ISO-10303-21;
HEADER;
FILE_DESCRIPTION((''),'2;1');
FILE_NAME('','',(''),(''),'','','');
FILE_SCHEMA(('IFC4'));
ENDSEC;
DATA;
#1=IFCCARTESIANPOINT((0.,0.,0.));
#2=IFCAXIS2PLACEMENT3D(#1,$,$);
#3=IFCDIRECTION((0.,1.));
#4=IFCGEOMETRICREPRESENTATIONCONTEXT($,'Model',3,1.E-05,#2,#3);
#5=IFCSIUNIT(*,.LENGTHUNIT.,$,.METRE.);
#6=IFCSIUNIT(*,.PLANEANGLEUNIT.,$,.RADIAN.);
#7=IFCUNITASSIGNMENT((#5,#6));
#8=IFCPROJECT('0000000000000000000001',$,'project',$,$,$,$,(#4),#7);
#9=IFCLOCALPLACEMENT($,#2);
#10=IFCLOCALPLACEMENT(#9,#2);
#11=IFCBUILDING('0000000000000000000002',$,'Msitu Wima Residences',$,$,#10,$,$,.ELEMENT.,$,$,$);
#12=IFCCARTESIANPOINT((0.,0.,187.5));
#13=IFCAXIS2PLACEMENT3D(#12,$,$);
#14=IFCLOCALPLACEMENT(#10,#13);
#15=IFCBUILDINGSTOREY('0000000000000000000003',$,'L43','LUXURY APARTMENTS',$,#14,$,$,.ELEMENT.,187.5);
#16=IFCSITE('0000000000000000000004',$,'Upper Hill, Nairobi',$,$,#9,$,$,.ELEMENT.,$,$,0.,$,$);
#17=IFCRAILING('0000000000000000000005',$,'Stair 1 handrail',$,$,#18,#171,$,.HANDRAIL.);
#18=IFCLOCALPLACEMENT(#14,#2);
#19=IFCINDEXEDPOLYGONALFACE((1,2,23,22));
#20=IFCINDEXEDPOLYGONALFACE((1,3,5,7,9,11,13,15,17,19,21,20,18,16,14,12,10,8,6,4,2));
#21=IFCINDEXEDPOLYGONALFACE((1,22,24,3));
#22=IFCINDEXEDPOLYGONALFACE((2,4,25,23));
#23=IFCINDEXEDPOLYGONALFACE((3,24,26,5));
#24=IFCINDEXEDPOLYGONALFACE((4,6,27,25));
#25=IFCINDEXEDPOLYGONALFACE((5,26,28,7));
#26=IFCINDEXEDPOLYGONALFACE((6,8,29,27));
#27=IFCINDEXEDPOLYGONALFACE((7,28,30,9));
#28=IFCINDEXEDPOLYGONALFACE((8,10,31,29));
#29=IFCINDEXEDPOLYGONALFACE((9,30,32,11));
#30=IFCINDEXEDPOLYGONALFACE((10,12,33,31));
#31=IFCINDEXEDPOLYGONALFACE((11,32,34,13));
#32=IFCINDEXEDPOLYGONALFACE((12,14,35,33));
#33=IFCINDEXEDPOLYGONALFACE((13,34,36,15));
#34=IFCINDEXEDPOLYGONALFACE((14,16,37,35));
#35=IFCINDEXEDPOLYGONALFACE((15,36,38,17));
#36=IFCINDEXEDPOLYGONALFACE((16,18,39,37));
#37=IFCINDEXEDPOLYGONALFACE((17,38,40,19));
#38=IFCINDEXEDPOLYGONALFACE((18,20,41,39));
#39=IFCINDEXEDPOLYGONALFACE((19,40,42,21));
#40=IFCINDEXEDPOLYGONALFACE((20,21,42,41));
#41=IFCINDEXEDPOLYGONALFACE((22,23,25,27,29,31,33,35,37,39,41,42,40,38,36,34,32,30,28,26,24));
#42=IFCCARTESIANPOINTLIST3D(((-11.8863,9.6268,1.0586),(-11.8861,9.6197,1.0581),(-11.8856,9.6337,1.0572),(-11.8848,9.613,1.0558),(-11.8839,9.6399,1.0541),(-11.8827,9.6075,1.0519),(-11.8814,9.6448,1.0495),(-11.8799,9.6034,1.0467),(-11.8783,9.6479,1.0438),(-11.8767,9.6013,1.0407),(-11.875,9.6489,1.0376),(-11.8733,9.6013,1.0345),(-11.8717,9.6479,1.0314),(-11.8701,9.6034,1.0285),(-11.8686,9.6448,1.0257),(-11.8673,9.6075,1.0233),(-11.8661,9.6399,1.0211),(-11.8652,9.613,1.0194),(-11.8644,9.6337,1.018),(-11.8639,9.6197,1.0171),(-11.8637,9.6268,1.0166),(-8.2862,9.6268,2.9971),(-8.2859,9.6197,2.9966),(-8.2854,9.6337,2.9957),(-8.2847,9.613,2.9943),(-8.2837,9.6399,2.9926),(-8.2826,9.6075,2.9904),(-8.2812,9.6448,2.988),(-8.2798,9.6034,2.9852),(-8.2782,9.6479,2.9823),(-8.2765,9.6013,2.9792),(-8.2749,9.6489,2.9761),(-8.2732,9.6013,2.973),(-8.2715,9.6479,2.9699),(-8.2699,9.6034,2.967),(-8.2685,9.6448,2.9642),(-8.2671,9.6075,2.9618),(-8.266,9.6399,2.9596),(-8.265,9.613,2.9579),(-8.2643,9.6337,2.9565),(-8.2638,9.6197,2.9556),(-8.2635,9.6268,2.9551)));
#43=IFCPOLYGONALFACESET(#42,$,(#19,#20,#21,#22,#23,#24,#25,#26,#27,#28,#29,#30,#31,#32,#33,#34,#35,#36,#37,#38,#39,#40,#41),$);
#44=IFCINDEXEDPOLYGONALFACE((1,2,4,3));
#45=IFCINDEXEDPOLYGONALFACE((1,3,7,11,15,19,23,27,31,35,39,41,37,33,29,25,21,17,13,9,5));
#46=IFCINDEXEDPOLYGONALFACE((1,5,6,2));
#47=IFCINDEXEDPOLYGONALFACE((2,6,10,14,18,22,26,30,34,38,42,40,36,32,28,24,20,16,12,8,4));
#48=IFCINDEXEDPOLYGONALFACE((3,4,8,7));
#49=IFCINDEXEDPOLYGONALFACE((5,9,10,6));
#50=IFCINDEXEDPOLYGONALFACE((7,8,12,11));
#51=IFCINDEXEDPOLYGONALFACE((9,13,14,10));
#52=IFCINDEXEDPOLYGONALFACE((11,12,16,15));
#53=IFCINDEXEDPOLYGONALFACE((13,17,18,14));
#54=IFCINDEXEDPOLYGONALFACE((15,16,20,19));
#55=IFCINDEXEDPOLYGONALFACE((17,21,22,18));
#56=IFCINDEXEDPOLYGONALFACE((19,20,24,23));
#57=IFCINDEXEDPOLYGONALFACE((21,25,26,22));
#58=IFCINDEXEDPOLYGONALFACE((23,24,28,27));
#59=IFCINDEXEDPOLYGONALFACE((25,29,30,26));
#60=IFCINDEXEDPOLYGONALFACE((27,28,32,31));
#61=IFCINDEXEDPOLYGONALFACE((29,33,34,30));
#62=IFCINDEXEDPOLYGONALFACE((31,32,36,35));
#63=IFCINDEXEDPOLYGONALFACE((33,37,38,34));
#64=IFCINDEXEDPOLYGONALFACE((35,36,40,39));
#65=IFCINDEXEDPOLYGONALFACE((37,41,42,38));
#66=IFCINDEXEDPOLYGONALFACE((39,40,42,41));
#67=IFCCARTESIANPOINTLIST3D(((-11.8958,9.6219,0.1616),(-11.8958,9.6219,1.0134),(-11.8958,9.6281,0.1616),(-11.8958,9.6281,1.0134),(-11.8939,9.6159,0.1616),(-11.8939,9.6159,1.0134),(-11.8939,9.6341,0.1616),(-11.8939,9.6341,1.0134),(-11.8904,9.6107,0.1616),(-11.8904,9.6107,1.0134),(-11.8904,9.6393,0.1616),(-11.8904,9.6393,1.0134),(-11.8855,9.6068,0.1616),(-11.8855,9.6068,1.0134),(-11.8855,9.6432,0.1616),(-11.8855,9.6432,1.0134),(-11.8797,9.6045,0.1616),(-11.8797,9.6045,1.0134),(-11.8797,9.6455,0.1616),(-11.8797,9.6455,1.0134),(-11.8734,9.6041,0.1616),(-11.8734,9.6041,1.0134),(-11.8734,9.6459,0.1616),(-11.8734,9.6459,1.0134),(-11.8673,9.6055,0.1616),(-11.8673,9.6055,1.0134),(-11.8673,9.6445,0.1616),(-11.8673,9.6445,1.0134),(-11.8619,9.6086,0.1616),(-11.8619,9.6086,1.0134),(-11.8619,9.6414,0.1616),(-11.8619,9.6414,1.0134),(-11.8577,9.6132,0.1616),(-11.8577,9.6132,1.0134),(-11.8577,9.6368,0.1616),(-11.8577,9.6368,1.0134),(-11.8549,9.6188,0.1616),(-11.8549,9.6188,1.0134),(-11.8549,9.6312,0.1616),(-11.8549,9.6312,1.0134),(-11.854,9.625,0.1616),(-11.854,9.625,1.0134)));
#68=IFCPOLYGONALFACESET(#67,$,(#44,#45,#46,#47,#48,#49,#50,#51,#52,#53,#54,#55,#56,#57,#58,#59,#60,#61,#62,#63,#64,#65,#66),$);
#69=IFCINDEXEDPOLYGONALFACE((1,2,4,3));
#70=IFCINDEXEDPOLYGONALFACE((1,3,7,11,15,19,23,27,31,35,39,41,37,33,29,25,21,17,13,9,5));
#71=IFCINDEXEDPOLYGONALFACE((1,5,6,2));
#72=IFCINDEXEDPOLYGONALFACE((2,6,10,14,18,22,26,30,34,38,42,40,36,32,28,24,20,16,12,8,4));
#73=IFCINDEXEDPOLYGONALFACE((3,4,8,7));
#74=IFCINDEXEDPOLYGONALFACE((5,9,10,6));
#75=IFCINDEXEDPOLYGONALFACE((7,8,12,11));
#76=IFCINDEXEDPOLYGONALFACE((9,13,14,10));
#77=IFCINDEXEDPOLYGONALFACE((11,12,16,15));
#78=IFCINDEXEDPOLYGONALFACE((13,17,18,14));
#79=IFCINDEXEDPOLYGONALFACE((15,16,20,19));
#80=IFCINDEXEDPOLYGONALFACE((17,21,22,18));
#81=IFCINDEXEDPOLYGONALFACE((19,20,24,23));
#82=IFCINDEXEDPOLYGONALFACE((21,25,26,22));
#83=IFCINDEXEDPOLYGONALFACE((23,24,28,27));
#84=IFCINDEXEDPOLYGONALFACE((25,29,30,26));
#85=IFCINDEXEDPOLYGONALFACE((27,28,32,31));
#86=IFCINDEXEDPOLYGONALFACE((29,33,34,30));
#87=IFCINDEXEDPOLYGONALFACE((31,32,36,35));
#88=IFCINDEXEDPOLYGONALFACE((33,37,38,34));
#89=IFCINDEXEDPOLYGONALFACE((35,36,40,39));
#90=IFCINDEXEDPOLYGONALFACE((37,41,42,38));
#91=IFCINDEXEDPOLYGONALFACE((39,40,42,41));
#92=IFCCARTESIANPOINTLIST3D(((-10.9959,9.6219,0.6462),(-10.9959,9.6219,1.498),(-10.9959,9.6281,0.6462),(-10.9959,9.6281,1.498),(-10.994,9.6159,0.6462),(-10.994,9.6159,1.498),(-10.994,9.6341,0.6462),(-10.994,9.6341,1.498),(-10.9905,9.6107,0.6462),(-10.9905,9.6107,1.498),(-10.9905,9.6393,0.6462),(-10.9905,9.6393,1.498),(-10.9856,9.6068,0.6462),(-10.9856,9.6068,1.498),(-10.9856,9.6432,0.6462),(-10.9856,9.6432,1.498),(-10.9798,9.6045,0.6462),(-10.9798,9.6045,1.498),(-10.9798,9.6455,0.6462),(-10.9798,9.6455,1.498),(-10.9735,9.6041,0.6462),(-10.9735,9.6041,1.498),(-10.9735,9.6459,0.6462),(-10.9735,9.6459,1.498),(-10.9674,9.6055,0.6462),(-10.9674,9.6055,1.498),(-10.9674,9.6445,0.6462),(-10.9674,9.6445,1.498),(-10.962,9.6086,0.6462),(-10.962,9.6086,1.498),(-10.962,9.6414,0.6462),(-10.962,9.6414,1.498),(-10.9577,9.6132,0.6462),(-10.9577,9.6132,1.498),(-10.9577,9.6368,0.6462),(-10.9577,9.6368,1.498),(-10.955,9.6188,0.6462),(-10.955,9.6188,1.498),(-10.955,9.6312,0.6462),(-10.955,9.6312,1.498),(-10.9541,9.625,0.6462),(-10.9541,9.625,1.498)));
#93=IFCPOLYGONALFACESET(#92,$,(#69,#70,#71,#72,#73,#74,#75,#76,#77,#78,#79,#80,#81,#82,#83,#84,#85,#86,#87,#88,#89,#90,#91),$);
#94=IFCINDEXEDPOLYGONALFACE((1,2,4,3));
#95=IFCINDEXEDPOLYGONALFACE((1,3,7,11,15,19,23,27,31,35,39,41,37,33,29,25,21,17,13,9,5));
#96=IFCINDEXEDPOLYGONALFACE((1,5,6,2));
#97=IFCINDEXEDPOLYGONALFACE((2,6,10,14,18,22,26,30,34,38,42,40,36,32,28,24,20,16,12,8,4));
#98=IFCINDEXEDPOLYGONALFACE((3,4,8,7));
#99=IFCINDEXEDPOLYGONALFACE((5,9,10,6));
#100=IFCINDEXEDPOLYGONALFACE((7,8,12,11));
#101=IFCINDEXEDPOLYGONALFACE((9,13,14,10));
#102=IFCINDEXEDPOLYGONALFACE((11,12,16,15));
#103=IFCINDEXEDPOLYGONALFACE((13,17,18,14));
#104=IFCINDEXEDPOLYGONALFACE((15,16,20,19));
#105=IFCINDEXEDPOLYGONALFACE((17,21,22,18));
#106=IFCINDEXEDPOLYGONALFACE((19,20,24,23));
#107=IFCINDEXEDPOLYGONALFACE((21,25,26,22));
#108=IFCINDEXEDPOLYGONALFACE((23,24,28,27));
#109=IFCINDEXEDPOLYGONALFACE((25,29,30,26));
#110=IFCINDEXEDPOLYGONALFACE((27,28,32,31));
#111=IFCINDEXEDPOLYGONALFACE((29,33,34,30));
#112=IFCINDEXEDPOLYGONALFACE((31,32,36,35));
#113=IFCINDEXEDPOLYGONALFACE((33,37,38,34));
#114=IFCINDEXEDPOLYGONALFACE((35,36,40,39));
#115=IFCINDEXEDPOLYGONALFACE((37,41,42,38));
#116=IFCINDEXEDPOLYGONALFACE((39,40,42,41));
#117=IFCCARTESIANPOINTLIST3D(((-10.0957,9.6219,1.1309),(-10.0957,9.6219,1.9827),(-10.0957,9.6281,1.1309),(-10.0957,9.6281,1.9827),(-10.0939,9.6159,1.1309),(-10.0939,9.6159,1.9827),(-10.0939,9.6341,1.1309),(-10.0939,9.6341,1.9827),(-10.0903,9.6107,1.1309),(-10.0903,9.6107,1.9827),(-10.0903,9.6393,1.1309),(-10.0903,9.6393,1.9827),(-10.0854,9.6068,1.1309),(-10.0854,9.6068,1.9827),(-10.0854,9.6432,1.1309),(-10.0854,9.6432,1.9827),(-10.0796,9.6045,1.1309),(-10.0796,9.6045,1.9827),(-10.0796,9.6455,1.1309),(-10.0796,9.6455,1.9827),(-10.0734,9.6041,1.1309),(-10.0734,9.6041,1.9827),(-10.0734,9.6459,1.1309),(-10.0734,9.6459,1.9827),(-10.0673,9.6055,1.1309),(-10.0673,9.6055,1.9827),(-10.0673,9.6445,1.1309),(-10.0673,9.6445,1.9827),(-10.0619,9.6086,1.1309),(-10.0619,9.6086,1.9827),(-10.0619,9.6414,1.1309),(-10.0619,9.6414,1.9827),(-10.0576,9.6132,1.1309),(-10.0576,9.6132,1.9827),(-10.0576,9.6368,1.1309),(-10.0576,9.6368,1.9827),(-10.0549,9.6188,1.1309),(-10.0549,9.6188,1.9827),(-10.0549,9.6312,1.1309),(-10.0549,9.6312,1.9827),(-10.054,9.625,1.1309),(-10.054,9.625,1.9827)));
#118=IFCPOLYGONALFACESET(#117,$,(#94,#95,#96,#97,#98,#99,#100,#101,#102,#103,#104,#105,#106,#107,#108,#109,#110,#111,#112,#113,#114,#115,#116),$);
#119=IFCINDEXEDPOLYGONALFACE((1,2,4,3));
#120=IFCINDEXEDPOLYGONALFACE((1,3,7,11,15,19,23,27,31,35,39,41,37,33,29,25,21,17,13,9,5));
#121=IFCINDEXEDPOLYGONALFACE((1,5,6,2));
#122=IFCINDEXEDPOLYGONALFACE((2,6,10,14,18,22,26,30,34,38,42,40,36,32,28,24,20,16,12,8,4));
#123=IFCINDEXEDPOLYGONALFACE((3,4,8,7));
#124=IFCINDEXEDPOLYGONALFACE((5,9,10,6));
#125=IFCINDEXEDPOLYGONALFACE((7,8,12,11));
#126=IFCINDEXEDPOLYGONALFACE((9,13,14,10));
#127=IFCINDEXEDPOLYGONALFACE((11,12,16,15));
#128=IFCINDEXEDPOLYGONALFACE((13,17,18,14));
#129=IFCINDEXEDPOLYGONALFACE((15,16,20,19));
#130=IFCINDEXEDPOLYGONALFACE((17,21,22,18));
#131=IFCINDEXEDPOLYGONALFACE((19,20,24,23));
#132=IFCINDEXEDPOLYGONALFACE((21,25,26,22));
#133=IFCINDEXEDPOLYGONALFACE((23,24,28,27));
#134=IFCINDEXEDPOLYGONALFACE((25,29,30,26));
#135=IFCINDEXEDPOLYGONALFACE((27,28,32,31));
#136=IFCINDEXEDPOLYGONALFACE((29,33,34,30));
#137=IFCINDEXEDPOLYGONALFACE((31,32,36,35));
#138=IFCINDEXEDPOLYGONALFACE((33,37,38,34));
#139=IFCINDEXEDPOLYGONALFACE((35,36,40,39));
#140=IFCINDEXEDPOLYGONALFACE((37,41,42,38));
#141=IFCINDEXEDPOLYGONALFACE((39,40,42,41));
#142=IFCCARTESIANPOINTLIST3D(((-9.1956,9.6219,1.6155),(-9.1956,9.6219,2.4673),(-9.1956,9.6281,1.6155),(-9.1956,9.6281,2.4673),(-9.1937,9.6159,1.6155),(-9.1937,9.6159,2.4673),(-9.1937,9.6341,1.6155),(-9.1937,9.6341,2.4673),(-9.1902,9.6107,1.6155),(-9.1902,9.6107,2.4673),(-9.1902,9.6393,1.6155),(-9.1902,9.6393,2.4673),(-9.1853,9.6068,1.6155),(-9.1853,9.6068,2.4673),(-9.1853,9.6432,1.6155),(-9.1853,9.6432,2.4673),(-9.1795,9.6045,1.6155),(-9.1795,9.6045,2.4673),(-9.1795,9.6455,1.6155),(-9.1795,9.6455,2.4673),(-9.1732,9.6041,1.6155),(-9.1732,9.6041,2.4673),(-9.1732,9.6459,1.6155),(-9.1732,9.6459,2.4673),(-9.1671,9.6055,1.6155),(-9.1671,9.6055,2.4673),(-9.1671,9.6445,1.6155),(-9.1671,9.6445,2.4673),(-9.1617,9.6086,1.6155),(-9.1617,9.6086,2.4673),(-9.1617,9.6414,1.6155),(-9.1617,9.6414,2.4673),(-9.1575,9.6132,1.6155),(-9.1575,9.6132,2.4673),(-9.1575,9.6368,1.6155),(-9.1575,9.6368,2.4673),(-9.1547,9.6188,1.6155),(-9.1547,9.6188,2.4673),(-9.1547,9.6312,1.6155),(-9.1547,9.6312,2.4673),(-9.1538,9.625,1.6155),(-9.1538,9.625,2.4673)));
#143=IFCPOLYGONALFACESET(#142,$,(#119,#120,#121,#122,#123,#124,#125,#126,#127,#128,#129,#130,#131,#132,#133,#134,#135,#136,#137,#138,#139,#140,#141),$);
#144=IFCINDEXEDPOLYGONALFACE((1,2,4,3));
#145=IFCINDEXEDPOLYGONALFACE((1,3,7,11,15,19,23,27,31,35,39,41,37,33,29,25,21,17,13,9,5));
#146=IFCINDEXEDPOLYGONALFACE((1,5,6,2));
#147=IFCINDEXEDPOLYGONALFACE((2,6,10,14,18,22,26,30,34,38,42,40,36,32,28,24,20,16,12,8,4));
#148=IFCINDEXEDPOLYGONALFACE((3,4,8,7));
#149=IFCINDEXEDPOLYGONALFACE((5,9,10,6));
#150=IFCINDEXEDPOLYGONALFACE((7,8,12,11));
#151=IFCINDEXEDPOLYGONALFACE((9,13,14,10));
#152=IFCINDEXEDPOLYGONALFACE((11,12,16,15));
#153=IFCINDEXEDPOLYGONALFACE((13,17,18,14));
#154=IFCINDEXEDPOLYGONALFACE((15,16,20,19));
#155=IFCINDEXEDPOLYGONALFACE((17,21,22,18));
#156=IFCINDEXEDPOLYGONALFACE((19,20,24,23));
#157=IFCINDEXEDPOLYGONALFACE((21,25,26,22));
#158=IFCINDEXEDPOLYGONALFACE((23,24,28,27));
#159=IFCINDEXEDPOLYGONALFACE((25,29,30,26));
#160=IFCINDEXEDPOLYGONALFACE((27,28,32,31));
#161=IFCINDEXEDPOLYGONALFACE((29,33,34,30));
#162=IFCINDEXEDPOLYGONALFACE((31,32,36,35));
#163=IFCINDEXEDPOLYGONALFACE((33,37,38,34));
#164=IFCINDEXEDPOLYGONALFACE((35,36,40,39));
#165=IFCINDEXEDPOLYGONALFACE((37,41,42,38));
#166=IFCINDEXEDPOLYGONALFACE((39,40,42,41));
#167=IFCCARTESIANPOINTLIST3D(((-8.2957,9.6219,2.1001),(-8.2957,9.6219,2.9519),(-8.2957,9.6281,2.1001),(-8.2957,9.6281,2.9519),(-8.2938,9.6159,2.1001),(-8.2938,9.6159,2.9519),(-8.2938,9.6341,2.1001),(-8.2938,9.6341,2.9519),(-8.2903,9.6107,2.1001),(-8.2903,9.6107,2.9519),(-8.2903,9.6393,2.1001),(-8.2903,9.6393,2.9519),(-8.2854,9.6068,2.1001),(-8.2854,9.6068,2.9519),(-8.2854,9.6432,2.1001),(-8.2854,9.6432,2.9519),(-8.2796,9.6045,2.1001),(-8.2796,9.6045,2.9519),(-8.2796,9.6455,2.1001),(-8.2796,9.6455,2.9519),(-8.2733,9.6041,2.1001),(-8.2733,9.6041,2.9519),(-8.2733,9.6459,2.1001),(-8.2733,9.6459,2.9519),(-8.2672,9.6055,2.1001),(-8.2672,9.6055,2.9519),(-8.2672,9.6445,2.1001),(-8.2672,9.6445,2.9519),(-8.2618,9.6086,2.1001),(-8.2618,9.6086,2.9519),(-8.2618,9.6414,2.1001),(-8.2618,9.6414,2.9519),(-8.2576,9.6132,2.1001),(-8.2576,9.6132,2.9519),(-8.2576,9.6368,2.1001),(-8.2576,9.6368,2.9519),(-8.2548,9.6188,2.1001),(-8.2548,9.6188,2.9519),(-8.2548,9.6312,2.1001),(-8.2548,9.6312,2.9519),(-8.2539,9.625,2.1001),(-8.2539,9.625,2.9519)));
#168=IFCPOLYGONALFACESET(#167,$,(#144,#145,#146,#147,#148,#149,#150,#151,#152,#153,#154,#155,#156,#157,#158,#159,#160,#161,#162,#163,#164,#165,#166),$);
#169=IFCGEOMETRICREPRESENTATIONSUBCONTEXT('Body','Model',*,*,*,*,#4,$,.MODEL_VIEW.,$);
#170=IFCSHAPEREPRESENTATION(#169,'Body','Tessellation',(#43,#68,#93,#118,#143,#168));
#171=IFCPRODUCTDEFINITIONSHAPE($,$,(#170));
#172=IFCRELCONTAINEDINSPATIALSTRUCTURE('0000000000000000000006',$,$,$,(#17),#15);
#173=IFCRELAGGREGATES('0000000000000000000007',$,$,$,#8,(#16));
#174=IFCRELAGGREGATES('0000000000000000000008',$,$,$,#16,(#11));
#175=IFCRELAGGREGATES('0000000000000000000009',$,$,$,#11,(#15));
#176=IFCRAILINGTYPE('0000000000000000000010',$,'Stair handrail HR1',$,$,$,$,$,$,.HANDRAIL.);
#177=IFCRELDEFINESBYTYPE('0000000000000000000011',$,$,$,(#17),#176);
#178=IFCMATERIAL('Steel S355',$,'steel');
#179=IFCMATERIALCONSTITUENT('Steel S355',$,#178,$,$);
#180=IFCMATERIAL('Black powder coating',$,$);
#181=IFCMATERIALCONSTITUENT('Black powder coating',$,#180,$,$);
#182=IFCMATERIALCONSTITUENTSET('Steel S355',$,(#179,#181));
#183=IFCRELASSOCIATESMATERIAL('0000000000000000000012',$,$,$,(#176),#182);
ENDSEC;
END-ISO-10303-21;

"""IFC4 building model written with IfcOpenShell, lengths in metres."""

from ifc_helpers import new_model, si_unit, direction, frame, origin, origin_2d, place, context, subcontext, project, spatial, circle, extrude, material, constituent, constituent_set, type_object, element, save


model = new_model("IFC4")

# Units and contexts
model_context = context("Model", 3, precision=1e-05, world=origin(), true_north=direction((0.0, 1.0)))
body_context = subcontext(model_context, "Body", "Model", "MODEL_VIEW")
ifc_project = project(units=[si_unit("LENGTHUNIT", "METRE"), si_unit("PLANEANGLEUNIT", "RADIAN")], contexts=[model_context])

# Site, building, storey
site_placement = place(None, origin())
site = spatial("IfcSite", under=ifc_project, at=site_placement, Name="Upper Hill, Nairobi", CompositionType="ELEMENT", RefElevation=0.0)
building_placement = place(site_placement, origin())
building = spatial("IfcBuilding", under=site, at=building_placement, Name="Msitu Wima Residences", CompositionType="ELEMENT")
storey_placement = place(building_placement, frame((0.0, 0.0, 187.5)))
storey = spatial("IfcBuildingStorey", under=building, at=storey_placement, Name="L43", Description="LUXURY APARTMENTS", CompositionType="ELEMENT", Elevation=187.5)

# Railing
ifc_material_1 = material(Name="Steel S355", Category="steel")
ifc_constituent_1 = constituent(ifc_material_1, Name="Steel S355")
ifc_material_2 = material(Name="Black powder coating")
ifc_constituent_2 = constituent(ifc_material_2, Name="Black powder coating")
ifc_constituent_set = constituent_set(constituents=[ifc_constituent_1, ifc_constituent_2], Name="Steel S355")
railing_type = type_object("IfcRailingType", Name="Stair handrail HR1", PredefinedType="HANDRAIL", material=ifc_constituent_set)
for number, where, name in (
    (1, (-11.875, 9.625, 0.1616), "Stair 1 handrail"),
):
    element("IfcRailing", number, at=place(storey_placement, frame(where)), inside=storey, type_object=railing_type, Name=name, PredefinedType="HANDRAIL", context=body_context, shape_type="SweptSolid", body=[
        extrude(circle(Radius=0.0239, at=origin_2d()), frame((0.0, 0.0, 0.876), z_axis=(0.880475, 0.0, 0.474093), x_axis=(0.0, 1.0, 0.0)), (0.0, 0.0, 1.0), 4.0889),
        extrude(circle(Radius=0.021, at=origin_2d()), origin(), (0.0, 0.0, 1.0), 0.8518),
        extrude(circle(Radius=0.021, at=origin_2d()), frame((0.8999, 0.0, 0.4846)), (0.0, 0.0, 1.0), 0.8518),
        extrude(circle(Radius=0.021, at=origin_2d()), frame((1.8, 0.0, 0.9692)), (0.0, 0.0, 1.0), 0.8518),
        extrude(circle(Radius=0.021, at=origin_2d()), frame((2.7002, 0.0, 1.4539)), (0.0, 0.0, 1.0), 0.8518),
        extrude(circle(Radius=0.021, at=origin_2d()), frame((3.6001, 0.0, 1.9385)), (0.0, 0.0, 1.0), 0.8518),
    ])

save(model, "model.ifc")
